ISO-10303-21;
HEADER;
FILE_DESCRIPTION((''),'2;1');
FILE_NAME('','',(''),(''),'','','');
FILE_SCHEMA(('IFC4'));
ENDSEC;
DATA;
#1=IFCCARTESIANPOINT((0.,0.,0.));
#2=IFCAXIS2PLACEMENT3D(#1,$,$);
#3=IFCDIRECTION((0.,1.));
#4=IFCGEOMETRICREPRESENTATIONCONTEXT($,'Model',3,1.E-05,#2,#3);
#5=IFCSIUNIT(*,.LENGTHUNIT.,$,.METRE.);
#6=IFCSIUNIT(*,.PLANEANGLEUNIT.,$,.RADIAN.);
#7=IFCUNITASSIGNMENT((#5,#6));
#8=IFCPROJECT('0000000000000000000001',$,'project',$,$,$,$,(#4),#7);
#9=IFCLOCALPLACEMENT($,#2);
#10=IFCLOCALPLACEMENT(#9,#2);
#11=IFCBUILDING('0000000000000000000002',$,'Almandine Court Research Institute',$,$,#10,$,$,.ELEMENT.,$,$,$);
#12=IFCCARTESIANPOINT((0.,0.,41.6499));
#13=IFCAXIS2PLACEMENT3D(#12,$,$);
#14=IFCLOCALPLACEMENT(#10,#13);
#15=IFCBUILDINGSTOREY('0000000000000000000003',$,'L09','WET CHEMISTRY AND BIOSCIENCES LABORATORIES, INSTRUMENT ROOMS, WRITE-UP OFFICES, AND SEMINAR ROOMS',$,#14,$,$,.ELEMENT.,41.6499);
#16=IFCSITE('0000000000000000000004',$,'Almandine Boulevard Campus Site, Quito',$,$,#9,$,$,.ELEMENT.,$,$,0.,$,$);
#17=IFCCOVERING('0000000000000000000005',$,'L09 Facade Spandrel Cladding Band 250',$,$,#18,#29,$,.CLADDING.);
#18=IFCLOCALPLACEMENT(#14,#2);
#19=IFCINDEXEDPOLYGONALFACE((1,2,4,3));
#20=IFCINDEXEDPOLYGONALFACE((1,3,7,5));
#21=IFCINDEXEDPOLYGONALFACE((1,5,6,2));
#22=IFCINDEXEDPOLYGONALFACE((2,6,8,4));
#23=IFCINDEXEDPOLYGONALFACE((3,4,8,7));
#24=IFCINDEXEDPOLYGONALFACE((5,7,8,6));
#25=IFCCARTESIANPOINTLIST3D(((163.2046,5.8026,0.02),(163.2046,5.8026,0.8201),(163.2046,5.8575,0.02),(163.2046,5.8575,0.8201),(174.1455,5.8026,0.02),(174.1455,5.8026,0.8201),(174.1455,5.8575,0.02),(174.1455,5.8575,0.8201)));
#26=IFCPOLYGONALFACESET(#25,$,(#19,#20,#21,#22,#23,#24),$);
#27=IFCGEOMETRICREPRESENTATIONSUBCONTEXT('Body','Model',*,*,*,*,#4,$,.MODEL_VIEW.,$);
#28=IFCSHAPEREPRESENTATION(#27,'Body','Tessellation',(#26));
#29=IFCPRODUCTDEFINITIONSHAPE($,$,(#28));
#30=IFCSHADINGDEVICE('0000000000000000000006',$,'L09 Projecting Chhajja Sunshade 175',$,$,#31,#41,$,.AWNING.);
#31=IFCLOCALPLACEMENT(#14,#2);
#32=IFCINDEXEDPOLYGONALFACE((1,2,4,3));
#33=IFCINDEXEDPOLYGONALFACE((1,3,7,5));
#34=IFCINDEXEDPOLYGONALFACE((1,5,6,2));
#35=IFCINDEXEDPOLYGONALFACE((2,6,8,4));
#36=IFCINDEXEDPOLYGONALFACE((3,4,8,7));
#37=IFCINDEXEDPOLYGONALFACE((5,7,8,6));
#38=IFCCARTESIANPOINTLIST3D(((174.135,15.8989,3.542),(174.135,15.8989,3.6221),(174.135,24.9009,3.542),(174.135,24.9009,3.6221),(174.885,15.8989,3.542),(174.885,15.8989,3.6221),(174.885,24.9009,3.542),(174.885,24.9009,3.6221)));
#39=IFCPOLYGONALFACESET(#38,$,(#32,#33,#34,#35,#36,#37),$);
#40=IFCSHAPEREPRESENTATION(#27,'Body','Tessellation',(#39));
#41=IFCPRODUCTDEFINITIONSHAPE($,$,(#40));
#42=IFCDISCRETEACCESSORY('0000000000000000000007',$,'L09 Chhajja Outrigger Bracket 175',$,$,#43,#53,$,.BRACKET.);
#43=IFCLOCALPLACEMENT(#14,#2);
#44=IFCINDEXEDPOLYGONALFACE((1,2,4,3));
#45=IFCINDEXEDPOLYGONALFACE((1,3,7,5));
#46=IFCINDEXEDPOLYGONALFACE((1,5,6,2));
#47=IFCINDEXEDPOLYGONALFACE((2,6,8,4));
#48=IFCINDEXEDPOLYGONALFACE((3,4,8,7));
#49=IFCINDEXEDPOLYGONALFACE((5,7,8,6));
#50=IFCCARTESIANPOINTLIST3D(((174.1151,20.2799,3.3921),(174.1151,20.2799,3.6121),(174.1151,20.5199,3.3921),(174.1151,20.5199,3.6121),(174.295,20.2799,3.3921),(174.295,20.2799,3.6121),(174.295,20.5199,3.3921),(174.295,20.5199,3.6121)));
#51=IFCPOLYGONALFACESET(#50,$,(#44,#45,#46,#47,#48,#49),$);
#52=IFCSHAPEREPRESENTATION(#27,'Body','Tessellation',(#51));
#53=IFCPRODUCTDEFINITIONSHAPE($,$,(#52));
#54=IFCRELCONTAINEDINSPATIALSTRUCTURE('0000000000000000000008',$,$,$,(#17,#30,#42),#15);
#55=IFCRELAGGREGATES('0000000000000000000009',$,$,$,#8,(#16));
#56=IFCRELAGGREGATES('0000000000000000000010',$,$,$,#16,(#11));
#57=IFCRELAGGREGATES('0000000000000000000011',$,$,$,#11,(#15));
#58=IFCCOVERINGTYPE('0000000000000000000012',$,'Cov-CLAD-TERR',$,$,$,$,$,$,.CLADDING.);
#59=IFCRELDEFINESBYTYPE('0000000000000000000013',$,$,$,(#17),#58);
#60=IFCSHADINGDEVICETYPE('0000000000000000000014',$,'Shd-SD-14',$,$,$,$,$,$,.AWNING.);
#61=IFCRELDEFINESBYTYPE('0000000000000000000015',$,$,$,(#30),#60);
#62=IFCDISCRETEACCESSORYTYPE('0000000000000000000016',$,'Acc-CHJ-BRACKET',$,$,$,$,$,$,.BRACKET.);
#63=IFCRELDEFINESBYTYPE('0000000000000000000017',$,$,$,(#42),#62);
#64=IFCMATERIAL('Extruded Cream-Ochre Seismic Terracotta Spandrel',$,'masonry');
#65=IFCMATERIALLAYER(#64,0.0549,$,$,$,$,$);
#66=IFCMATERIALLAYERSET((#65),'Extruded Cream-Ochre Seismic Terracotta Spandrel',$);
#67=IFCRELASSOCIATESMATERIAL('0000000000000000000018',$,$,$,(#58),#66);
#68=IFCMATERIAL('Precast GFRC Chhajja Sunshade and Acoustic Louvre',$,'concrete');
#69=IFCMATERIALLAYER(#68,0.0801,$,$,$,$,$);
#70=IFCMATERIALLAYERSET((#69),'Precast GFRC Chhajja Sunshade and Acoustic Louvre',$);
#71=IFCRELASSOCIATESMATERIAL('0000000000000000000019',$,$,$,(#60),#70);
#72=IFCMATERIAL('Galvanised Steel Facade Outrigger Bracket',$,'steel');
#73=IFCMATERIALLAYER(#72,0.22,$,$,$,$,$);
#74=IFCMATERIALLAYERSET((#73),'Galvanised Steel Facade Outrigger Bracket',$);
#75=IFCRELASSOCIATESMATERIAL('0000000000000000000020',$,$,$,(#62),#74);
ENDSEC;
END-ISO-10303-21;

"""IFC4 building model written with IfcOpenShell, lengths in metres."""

from ifc_helpers import new_model, si_unit, direction, frame, origin, origin_2d, place, context, subcontext, project, spatial, rectangle, extrude, material, layer, layer_set, type_object, element, save


model = new_model("IFC4")

# Units and contexts
model_context = context("Model", 3, precision=1e-05, world=origin(), true_north=direction((0.0, 1.0)))
body_context = subcontext(model_context, "Body", "Model", "MODEL_VIEW")
ifc_project = project(units=[si_unit("LENGTHUNIT", "METRE"), si_unit("PLANEANGLEUNIT", "RADIAN")], contexts=[model_context])

# Site, building, storey
site_placement = place(None, origin())
site = spatial("IfcSite", under=ifc_project, at=site_placement, Name="Almandine Boulevard Campus Site, Quito", CompositionType="ELEMENT", RefElevation=0.0)
building_placement = place(site_placement, origin())
building = spatial("IfcBuilding", under=site, at=building_placement, Name="Almandine Court Research Institute", CompositionType="ELEMENT")
storey_placement = place(building_placement, frame((0.0, 0.0, 41.6499)))
storey = spatial("IfcBuildingStorey", under=building, at=storey_placement, Name="L09", Description="WET CHEMISTRY AND BIOSCIENCES LABORATORIES, INSTRUMENT ROOMS, WRITE-UP OFFICES, AND SEMINAR ROOMS", CompositionType="ELEMENT", Elevation=41.6499)

# Covering
ifc_material_1 = material(Name="Extruded Cream-Ochre Seismic Terracotta Spandrel", Category="masonry")
ifc_layer_1 = layer(ifc_material_1, 0.0549)
ifc_layer_set_1 = layer_set([ifc_layer_1], Name="Extruded Cream-Ochre Seismic Terracotta Spandrel")
covering_type = type_object("IfcCoveringType", Name="Cov-CLAD-TERR", PredefinedType="CLADDING", material=ifc_layer_set_1)
covering_1_placement = place(storey_placement, frame((168.675, 5.8301, 0.02), z_axis=(0.0, 0.0, 1.0), x_axis=(-1.0, 0.0, 0.0)))
element("IfcCovering", 1, at=covering_1_placement, inside=storey, type_object=covering_type, Name="L09 Facade Spandrel Cladding Band 250", PredefinedType="CLADDING", context=body_context, shape_type="SweptSolid", body=[
    extrude(rectangle(XDim=10.9409, YDim=0.0549, at=origin_2d()), origin(), (0.0, 0.0, 1.0), 0.8),
])

# Shading device
ifc_material_2 = material(Name="Precast GFRC Chhajja Sunshade and Acoustic Louvre", Category="concrete")
ifc_layer_2 = layer(ifc_material_2, 0.0801)
ifc_layer_set_2 = layer_set([ifc_layer_2], Name="Precast GFRC Chhajja Sunshade and Acoustic Louvre")
shading_device_type = type_object("IfcShadingDeviceType", Name="Shd-SD-14", PredefinedType="AWNING", material=ifc_layer_set_2)
shading_device_placement = place(storey_placement, frame((174.51, 20.3999, 3.542), z_axis=(0.0, 0.0, 1.0), x_axis=(0.0, -1.0, 0.0)))
element("IfcShadingDevice", 2, at=shading_device_placement, inside=storey, type_object=shading_device_type, Name="L09 Projecting Chhajja Sunshade 175", PredefinedType="AWNING", context=body_context, shape_type="SweptSolid", body=[
    extrude(rectangle(XDim=9.002, YDim=0.75, at=origin_2d()), origin(), (0.0, 0.0, 1.0), 0.0801),
])

# Discrete accessory
ifc_material_3 = material(Name="Galvanised Steel Facade Outrigger Bracket", Category="steel")
ifc_layer_3 = layer(ifc_material_3, 0.22)
ifc_layer_set_3 = layer_set([ifc_layer_3], Name="Galvanised Steel Facade Outrigger Bracket")
discrete_accessory_type = type_object("IfcDiscreteAccessoryType", Name="Acc-CHJ-BRACKET", PredefinedType="BRACKET", material=ifc_layer_set_3)
discrete_accessory_placement = place(storey_placement, frame((174.2051, 20.3999, 3.3921), z_axis=(0.0, 0.0, 1.0), x_axis=(0.0, -1.0, 0.0)))
element("IfcDiscreteAccessory", 3, at=discrete_accessory_placement, inside=storey, type_object=discrete_accessory_type, Name="L09 Chhajja Outrigger Bracket 175", PredefinedType="BRACKET", context=body_context, shape_type="SweptSolid", body=[
    extrude(rectangle(XDim=0.24, YDim=0.1799, at=origin_2d()), origin(), (0.0, 0.0, 1.0), 0.22),
])

save(model, "model.ifc")
